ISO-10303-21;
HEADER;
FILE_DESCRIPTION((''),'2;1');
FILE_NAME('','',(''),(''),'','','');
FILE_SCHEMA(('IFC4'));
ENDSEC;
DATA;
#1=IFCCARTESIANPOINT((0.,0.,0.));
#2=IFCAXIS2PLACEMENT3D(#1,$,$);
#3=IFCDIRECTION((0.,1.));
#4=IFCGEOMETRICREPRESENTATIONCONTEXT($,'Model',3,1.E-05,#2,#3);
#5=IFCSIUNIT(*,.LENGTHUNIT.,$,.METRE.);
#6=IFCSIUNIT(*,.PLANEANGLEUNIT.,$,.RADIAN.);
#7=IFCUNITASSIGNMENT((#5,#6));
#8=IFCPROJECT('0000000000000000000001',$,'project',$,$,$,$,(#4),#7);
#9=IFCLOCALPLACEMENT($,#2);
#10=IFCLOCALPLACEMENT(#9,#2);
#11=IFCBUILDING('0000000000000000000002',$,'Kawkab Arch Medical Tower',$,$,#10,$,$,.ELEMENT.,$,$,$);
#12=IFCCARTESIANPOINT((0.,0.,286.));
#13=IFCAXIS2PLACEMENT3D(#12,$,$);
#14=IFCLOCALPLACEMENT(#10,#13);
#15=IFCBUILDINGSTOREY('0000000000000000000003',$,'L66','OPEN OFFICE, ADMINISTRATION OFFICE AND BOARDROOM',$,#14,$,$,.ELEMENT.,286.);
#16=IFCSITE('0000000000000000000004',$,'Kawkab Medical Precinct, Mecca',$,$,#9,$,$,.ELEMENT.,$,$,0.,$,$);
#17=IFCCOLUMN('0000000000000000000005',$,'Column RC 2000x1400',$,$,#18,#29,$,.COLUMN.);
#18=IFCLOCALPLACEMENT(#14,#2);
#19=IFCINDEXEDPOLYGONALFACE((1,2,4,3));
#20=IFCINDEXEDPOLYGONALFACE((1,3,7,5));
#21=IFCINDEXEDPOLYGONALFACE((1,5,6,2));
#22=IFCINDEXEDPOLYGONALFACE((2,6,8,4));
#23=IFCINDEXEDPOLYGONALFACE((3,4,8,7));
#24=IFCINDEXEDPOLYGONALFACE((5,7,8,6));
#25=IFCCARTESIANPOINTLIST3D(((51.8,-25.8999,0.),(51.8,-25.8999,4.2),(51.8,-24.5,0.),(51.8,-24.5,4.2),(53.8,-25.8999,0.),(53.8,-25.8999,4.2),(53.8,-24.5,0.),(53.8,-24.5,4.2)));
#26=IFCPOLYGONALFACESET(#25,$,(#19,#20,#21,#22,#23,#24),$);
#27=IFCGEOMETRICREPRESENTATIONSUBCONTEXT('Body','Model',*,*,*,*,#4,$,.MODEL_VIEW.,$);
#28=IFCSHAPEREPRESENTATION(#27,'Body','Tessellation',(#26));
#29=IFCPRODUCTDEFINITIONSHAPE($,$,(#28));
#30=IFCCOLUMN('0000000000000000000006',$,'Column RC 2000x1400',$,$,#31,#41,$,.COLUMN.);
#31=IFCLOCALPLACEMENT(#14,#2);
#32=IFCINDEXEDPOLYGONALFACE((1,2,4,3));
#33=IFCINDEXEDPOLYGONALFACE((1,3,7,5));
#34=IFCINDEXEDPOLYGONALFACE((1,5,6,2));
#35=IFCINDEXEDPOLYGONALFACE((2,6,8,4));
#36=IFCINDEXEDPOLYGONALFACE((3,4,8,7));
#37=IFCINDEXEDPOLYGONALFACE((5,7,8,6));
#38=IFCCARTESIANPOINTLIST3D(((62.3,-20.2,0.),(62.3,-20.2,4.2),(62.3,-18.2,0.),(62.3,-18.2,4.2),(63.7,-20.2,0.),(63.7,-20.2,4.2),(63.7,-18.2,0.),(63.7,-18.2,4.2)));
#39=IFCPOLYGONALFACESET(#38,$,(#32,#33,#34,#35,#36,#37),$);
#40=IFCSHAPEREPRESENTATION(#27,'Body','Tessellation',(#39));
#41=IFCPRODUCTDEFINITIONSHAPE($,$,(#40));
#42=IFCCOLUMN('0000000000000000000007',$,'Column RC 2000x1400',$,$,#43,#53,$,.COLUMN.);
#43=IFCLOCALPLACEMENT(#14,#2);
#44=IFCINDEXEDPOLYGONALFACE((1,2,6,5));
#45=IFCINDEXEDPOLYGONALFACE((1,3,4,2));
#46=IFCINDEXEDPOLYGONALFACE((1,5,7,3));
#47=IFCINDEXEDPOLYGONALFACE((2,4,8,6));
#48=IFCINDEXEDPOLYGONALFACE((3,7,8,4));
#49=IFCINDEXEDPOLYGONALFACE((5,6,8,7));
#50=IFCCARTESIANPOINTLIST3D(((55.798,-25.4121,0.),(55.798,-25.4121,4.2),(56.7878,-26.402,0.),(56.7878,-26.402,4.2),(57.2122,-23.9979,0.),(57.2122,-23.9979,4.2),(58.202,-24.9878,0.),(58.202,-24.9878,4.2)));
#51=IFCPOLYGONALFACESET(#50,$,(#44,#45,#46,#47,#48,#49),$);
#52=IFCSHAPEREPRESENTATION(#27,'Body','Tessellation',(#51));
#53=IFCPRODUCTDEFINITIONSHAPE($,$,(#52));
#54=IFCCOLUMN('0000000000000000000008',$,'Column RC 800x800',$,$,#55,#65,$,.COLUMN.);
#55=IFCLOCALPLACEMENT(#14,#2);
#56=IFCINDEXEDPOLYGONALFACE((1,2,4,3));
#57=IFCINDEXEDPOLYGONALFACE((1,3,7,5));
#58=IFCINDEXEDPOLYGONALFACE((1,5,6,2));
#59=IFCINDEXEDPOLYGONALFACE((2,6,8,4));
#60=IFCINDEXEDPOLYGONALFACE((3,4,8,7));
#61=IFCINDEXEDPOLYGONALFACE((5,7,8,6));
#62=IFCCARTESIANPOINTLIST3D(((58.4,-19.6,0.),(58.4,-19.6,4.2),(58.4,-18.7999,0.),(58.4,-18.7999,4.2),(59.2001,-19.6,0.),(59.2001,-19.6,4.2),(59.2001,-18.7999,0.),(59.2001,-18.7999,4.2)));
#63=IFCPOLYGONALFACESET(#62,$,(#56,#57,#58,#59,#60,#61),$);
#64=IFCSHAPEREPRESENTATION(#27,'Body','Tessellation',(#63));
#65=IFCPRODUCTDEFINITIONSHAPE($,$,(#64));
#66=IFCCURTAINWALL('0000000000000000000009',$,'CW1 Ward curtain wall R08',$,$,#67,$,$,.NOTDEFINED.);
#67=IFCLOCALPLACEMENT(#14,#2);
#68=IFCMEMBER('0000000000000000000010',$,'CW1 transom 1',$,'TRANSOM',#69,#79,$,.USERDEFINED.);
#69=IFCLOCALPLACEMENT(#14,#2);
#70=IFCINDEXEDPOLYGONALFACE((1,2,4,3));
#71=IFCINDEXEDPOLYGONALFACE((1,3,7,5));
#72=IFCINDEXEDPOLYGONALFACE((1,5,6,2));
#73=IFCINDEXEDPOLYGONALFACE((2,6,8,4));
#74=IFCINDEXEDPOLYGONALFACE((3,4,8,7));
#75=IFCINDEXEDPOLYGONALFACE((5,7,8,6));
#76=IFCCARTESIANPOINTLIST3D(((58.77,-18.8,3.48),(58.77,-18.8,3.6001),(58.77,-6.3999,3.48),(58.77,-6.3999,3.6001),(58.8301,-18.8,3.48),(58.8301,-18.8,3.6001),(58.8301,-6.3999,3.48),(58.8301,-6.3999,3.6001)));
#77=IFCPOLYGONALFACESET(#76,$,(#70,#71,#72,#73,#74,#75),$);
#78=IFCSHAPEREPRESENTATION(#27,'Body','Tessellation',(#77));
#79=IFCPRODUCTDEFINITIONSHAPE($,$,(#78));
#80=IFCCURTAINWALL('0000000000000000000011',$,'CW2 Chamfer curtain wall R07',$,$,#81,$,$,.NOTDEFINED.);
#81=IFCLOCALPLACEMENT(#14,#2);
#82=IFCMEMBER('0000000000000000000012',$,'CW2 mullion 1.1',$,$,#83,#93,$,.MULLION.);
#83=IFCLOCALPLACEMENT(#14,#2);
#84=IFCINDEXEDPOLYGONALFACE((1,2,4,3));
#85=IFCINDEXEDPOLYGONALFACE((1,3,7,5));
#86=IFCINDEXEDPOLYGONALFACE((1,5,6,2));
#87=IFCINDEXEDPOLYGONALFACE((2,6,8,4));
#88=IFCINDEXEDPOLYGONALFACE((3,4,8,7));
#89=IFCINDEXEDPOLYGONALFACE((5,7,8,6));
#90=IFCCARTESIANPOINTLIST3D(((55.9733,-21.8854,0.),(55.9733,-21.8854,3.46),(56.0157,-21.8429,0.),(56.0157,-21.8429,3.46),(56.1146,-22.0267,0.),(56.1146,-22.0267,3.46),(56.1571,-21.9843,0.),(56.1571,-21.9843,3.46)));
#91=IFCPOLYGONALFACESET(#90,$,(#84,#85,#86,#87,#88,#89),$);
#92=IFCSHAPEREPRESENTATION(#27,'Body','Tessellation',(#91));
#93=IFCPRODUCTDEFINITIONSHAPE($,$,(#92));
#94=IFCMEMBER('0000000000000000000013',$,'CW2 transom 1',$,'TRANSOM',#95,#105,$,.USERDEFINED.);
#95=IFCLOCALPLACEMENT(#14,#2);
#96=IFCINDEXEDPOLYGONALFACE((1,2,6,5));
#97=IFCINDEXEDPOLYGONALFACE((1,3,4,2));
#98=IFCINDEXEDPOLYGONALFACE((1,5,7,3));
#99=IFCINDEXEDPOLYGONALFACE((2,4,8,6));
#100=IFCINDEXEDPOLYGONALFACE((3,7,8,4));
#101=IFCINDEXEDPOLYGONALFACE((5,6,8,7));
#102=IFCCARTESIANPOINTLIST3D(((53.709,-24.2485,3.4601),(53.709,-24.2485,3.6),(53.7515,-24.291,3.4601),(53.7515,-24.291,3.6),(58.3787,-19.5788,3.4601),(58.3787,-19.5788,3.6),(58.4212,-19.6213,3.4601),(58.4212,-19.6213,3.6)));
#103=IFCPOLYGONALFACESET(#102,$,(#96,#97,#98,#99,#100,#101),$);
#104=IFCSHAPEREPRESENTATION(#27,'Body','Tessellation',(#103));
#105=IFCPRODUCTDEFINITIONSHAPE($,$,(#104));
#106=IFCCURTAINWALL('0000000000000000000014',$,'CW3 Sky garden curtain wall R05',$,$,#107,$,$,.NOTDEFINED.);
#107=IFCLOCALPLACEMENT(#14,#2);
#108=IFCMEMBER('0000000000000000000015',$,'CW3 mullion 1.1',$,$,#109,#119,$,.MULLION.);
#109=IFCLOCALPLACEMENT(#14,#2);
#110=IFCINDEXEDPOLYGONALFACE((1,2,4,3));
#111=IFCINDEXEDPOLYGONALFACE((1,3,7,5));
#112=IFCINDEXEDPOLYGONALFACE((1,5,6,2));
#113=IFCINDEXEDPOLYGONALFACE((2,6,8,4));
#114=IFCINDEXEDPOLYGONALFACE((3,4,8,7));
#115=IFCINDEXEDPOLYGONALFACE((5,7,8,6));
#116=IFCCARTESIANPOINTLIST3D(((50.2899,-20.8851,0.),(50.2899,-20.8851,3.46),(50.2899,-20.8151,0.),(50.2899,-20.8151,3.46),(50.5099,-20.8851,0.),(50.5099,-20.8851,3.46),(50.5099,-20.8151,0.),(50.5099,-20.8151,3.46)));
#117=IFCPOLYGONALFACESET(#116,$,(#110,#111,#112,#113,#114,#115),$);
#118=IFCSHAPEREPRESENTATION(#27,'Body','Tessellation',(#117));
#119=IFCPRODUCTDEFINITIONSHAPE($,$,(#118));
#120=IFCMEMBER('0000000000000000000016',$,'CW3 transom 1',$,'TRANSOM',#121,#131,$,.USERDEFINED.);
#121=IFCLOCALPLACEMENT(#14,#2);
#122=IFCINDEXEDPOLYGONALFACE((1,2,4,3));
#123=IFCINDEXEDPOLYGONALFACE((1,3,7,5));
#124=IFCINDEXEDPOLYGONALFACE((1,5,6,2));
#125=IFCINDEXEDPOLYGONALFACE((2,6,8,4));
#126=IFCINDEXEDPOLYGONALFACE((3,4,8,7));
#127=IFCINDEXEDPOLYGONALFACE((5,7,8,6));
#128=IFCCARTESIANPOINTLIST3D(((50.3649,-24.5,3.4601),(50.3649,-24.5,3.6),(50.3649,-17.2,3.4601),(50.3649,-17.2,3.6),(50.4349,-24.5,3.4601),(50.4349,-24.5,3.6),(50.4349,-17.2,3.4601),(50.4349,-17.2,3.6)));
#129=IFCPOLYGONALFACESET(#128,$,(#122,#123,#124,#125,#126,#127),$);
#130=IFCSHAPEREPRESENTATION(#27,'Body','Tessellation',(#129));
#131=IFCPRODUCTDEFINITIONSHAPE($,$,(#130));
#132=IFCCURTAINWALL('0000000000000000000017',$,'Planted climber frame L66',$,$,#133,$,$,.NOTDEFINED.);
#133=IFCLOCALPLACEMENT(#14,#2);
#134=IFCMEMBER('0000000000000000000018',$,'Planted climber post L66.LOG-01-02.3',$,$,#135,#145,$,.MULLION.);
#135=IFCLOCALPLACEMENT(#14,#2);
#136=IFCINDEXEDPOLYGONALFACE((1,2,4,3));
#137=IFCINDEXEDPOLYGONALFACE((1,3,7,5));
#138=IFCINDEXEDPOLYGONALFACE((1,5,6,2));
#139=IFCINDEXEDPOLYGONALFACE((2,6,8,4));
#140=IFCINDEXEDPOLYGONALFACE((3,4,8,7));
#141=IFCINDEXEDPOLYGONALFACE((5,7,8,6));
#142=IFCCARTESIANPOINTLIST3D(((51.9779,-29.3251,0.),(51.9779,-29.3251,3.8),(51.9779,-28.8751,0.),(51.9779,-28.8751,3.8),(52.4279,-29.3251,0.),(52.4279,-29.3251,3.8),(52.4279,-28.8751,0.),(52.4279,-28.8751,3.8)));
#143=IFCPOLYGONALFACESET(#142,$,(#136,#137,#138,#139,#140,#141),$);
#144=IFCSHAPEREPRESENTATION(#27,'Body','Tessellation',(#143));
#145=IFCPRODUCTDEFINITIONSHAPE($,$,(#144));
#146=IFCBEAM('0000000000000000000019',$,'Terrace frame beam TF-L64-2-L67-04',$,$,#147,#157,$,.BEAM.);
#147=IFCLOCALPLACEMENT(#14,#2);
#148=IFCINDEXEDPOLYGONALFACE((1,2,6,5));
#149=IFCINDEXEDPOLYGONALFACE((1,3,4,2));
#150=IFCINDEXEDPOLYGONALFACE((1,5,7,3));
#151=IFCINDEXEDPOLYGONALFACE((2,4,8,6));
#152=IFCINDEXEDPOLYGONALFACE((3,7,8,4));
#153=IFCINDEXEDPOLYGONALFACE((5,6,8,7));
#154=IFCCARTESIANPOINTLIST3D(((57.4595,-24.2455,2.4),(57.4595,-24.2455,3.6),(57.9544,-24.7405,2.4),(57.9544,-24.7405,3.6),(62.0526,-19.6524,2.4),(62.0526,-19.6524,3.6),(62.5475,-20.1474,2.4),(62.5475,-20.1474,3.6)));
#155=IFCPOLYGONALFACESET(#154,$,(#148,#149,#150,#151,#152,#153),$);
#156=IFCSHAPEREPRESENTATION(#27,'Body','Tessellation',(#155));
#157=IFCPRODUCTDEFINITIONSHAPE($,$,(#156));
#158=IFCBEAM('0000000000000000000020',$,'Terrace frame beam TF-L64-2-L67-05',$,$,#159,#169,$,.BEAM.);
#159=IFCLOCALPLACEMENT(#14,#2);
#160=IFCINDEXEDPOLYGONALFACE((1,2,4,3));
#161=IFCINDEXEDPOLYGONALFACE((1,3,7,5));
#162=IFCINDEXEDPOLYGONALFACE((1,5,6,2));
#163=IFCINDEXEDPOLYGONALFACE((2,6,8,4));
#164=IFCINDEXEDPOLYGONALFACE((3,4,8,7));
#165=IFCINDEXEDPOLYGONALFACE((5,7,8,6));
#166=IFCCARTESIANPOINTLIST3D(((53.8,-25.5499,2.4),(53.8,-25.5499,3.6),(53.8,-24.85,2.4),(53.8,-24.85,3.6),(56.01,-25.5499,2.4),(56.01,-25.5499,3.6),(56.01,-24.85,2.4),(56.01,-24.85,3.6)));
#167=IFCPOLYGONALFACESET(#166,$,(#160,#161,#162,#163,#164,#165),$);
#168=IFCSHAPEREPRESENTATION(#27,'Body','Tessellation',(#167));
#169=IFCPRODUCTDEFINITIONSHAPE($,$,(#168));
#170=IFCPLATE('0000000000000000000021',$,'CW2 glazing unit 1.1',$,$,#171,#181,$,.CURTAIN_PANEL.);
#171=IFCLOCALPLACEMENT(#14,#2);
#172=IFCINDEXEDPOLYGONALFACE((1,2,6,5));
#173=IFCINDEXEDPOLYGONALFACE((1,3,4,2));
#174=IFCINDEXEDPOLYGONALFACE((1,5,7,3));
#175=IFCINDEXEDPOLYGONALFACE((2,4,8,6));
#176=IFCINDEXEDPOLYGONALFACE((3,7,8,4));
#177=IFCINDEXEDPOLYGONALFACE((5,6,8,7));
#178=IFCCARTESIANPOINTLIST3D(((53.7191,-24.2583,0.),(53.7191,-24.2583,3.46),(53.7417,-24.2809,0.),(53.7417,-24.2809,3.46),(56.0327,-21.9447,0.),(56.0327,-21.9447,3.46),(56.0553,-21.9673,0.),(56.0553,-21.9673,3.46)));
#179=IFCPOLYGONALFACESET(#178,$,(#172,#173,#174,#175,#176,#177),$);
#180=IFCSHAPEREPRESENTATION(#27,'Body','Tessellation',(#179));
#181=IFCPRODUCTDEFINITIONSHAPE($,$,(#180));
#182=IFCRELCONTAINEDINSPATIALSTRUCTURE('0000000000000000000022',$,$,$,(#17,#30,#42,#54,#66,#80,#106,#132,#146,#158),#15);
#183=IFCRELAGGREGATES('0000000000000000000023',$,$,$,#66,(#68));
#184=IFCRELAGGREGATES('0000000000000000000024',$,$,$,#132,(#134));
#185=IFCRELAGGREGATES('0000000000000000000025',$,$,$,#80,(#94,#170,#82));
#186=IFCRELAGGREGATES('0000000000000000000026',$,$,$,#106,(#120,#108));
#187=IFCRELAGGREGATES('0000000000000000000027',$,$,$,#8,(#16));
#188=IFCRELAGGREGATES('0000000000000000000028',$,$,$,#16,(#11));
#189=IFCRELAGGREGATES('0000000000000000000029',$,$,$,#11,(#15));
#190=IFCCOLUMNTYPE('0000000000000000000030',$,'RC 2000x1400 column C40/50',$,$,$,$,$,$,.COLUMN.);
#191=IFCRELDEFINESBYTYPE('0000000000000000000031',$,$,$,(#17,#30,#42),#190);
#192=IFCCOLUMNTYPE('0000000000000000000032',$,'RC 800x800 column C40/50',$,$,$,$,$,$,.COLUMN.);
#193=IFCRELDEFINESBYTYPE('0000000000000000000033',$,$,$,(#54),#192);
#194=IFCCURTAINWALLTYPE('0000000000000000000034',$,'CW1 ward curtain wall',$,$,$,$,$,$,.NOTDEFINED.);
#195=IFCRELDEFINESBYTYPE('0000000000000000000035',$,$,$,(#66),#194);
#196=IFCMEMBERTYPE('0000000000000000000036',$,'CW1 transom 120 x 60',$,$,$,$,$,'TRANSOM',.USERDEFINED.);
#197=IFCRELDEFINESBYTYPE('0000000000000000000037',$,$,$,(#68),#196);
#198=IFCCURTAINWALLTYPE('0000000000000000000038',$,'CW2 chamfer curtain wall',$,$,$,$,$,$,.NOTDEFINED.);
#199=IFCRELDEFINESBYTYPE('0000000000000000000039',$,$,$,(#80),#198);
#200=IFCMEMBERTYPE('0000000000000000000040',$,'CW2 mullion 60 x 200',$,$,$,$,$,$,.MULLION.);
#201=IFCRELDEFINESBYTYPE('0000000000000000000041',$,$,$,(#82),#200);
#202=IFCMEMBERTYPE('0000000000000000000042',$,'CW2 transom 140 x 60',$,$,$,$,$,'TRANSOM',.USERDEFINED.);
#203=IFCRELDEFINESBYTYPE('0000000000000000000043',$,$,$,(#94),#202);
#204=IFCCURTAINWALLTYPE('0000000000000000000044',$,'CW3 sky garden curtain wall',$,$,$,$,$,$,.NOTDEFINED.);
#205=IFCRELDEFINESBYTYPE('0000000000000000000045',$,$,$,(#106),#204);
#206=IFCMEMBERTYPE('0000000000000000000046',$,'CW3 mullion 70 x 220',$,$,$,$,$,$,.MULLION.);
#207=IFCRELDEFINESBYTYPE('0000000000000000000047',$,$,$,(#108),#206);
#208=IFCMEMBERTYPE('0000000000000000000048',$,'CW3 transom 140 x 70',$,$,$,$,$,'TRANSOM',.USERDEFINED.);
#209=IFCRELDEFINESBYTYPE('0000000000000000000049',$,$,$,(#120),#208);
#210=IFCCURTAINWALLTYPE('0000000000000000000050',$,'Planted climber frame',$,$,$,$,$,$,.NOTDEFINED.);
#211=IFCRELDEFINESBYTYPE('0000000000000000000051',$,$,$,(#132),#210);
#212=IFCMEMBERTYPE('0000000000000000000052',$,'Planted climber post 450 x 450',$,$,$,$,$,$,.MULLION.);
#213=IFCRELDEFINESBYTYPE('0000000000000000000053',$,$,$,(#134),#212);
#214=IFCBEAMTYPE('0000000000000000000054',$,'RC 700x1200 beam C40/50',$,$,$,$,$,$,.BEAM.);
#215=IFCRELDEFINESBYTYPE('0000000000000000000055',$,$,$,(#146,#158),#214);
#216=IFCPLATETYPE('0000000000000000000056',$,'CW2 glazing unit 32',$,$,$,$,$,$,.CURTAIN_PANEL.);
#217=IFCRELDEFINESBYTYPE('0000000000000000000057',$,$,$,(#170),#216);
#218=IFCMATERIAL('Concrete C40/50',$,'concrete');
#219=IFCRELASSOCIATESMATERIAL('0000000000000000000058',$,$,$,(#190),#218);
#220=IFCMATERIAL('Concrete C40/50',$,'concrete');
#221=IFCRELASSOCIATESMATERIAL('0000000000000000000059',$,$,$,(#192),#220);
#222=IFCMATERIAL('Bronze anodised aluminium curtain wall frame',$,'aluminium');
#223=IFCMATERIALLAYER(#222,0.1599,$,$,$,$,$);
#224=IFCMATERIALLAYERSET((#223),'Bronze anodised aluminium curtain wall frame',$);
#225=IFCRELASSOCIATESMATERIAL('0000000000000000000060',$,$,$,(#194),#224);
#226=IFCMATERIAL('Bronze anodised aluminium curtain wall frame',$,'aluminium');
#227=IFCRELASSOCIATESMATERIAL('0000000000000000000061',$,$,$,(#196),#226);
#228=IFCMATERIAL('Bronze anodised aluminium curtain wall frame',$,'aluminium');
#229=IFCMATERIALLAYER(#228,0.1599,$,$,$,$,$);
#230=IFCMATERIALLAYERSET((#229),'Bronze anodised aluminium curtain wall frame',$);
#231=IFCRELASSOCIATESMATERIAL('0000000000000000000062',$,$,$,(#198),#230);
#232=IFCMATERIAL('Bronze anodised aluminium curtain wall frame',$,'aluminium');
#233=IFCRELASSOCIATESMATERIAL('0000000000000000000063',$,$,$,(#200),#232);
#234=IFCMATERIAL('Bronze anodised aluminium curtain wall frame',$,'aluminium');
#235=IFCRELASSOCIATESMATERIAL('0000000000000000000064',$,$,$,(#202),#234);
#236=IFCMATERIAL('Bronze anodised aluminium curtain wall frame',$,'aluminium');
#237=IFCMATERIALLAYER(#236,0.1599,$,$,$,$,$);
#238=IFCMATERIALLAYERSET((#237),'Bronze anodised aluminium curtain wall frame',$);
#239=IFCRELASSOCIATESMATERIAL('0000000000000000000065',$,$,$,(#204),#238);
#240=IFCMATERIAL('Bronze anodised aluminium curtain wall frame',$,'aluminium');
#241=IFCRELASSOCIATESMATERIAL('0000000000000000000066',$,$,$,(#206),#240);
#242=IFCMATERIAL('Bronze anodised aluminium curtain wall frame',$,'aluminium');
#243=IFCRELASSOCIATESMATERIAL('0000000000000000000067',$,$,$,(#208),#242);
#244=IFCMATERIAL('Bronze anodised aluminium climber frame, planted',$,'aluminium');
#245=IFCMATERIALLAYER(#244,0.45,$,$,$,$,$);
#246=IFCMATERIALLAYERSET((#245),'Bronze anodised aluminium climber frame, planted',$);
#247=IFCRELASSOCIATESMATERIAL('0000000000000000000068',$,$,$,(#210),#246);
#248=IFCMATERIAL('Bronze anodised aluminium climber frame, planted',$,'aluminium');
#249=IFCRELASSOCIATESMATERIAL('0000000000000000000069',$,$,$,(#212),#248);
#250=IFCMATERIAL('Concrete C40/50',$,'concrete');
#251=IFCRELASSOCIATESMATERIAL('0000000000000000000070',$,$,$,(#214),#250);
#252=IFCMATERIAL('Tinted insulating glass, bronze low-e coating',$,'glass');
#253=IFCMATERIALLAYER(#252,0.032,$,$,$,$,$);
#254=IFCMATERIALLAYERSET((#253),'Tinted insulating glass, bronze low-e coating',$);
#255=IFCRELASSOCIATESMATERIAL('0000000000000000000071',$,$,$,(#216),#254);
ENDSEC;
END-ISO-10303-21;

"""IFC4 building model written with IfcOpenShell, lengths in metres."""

from ifc_helpers import new_model, si_unit, direction, frame, origin, origin_2d, place, context, subcontext, project, spatial, rectangle, extrude, material, layer, layer_set, material_profile, profile_set, type_object, element, aggregate, save


model = new_model("IFC4")

# Units and contexts
model_context = context("Model", 3, precision=1e-05, world=origin(), true_north=direction((0.0, 1.0)))
body_context = subcontext(model_context, "Body", "Model", "MODEL_VIEW")
ifc_project = project(units=[si_unit("LENGTHUNIT", "METRE"), si_unit("PLANEANGLEUNIT", "RADIAN")], contexts=[model_context])

# Site, building, storey
site_placement = place(None, origin())
site = spatial("IfcSite", under=ifc_project, at=site_placement, Name="Kawkab Medical Precinct, Mecca", CompositionType="ELEMENT", RefElevation=0.0)
building_placement = place(site_placement, origin())
building = spatial("IfcBuilding", under=site, at=building_placement, Name="Kawkab Arch Medical Tower", CompositionType="ELEMENT")
storey_placement = place(building_placement, frame((0.0, 0.0, 286.0)))
storey = spatial("IfcBuildingStorey", under=building, at=storey_placement, Name="L66", Description="OPEN OFFICE, ADMINISTRATION OFFICE AND BOARDROOM", CompositionType="ELEMENT", Elevation=286.0)

# Columns
ifc_material_1 = material(Name="Concrete C40/50", Category="concrete")
ifc_material_profile_1 = material_profile(ifc_material_1, rectangle(XDim=2.0, YDim=1.3999, at=origin_2d()), Name="RC 2000x1400")
ifc_profile_set_1 = profile_set([ifc_material_profile_1], Name="Concrete C40/50")
column_type_1 = type_object("IfcColumnType", Name="RC 2000x1400 column C40/50", PredefinedType="COLUMN", material=ifc_profile_set_1)
for number, where, z_axis, x_axis, name in (
    (1, (52.8, -25.2, 0.0), (0.0, 0.0, 1.0), (-1.0, 0.0, 0.0), "Column RC 2000x1400"),
    (2, (63.0, -19.2, 0.0), (0.0, 0.0, 1.0), (0.0, -1.0, 0.0), "Column RC 2000x1400"),
    (3, (57.0, -25.2, 0.0), (0.0, 0.0, 1.0), (-0.707107, -0.707107, 0.0), "Column RC 2000x1400"),
):
    element("IfcColumn", number, at=place(storey_placement, frame(where, z_axis=z_axis, x_axis=x_axis)), inside=storey, type_object=column_type_1, Name=name, PredefinedType="COLUMN", context=body_context, shape_type="SweptSolid", body=[
        extrude(rectangle(XDim=2.0, YDim=1.3999, at=origin_2d()), origin(), (0.0, 0.0, 1.0), 4.2),
    ])
ifc_material_2 = material(Name="Concrete C40/50", Category="concrete")
ifc_material_profile_2 = material_profile(ifc_material_2, rectangle(XDim=0.8, YDim=0.8, at=origin_2d()), Name="RC 800x800")
ifc_profile_set_2 = profile_set([ifc_material_profile_2], Name="Concrete C40/50")
column_type_2 = type_object("IfcColumnType", Name="RC 800x800 column C40/50", PredefinedType="COLUMN", material=ifc_profile_set_2)
column_placement = place(storey_placement, frame((58.8, -19.2, 0.0), z_axis=(0.0, 0.0, 1.0), x_axis=(1.0, 0.0, 0.0)))
element("IfcColumn", 4, at=column_placement, inside=storey, type_object=column_type_2, Name="Column RC 800x800", PredefinedType="COLUMN", context=body_context, shape_type="SweptSolid", body=[
    extrude(rectangle(XDim=0.8, YDim=0.8, at=origin_2d()), origin(), (0.0, 0.0, 1.0), 4.2),
])

# Curtain wall, member
ifc_material_3 = material(Name="Bronze anodised aluminium curtain wall frame", Category="aluminium")
ifc_layer_1 = layer(ifc_material_3, 0.1599)
ifc_layer_set_1 = layer_set([ifc_layer_1], Name="Bronze anodised aluminium curtain wall frame")
curtain_wall_type_1 = type_object("IfcCurtainWallType", Name="CW1 ward curtain wall", PredefinedType="NOTDEFINED", material=ifc_layer_set_1)
placement = place(storey_placement, origin())
curtain_wall_1 = element("IfcCurtainWall", 5, at=placement, inside=storey, type_object=curtain_wall_type_1, Name="CW1 Ward curtain wall R08", PredefinedType="NOTDEFINED")
ifc_material_4 = material(Name="Bronze anodised aluminium curtain wall frame", Category="aluminium")
ifc_material_profile_3 = material_profile(ifc_material_4, rectangle(XDim=0.0601, YDim=0.1201, at=origin_2d()), Name="AL 60x120")
ifc_profile_set_3 = profile_set([ifc_material_profile_3], Name="Bronze anodised aluminium curtain wall frame")
member_type_1 = type_object("IfcMemberType", Name="CW1 transom 120 x 60", ElementType="TRANSOM", PredefinedType="USERDEFINED", material=ifc_profile_set_3)
member_1_placement = place(storey_placement, frame((58.8, -18.8, 3.54), z_axis=(0.0, 1.0, 0.0), x_axis=(-1.0, 0.0, 0.0)))
member_1 = element("IfcMember", 6, at=member_1_placement, type_object=member_type_1, Name="CW1 transom 1", ObjectType="TRANSOM", PredefinedType="USERDEFINED", context=body_context, shape_type="SweptSolid", body=[
    extrude(rectangle(XDim=0.0601, YDim=0.1201, at=origin_2d()), origin(), (0.0, 0.0, 1.0), 12.4001),
])
aggregate(curtain_wall_1, [member_1])

# Curtain walls, members
ifc_material_5 = material(Name="Bronze anodised aluminium curtain wall frame", Category="aluminium")
ifc_layer_2 = layer(ifc_material_5, 0.1599)
ifc_layer_set_2 = layer_set([ifc_layer_2], Name="Bronze anodised aluminium curtain wall frame")
curtain_wall_type_2 = type_object("IfcCurtainWallType", Name="CW2 chamfer curtain wall", PredefinedType="NOTDEFINED", material=ifc_layer_set_2)
curtain_wall_2 = element("IfcCurtainWall", 7, at=placement, inside=storey, type_object=curtain_wall_type_2, Name="CW2 Chamfer curtain wall R07", PredefinedType="NOTDEFINED")
ifc_material_6 = material(Name="Bronze anodised aluminium curtain wall frame", Category="aluminium")
ifc_material_profile_4 = material_profile(ifc_material_6, rectangle(XDim=0.2, YDim=0.0601, at=origin_2d()), Name="AL 60x200")
ifc_profile_set_4 = profile_set([ifc_material_profile_4], Name="Bronze anodised aluminium curtain wall frame")
member_type_2 = type_object("IfcMemberType", Name="CW2 mullion 60 x 200", PredefinedType="MULLION", material=ifc_profile_set_4)
member_2_placement = place(storey_placement, frame((56.0652, -21.9348, 0.0), z_axis=(0.0, 0.0, 1.0), x_axis=(-0.707107, 0.707107, 0.0)))
member_2 = element("IfcMember", 8, at=member_2_placement, type_object=member_type_2, Name="CW2 mullion 1.1", PredefinedType="MULLION", context=body_context, shape_type="SweptSolid", body=[
    extrude(rectangle(XDim=0.2, YDim=0.0601, at=origin_2d()), origin(), (0.0, 0.0, 1.0), 3.46),
])
ifc_material_7 = material(Name="Bronze anodised aluminium curtain wall frame", Category="aluminium")
ifc_material_profile_5 = material_profile(ifc_material_7, rectangle(XDim=0.0601, YDim=0.1399, at=origin_2d()), Name="AL 60x140")
ifc_profile_set_5 = profile_set([ifc_material_profile_5], Name="Bronze anodised aluminium curtain wall frame")
member_type_3 = type_object("IfcMemberType", Name="CW2 transom 140 x 60", ElementType="TRANSOM", PredefinedType="USERDEFINED", material=ifc_profile_set_5)
member_3_placement = place(storey_placement, frame((53.7302, -24.2698, 3.53), z_axis=(0.707107, 0.707107, 0.0), x_axis=(-0.707107, 0.707107, 0.0)))
member_3 = element("IfcMember", 9, at=member_3_placement, type_object=member_type_3, Name="CW2 transom 1", ObjectType="TRANSOM", PredefinedType="USERDEFINED", context=body_context, shape_type="SweptSolid", body=[
    extrude(rectangle(XDim=0.0601, YDim=0.1399, at=origin_2d()), origin(), (0.0, 0.0, 1.0), 6.604),
])
ifc_material_8 = material(Name="Bronze anodised aluminium curtain wall frame", Category="aluminium")
ifc_layer_3 = layer(ifc_material_8, 0.1599)
ifc_layer_set_3 = layer_set([ifc_layer_3], Name="Bronze anodised aluminium curtain wall frame")
curtain_wall_type_3 = type_object("IfcCurtainWallType", Name="CW3 sky garden curtain wall", PredefinedType="NOTDEFINED", material=ifc_layer_set_3)
curtain_wall_3 = element("IfcCurtainWall", 10, at=placement, inside=storey, type_object=curtain_wall_type_3, Name="CW3 Sky garden curtain wall R05", PredefinedType="NOTDEFINED")
ifc_material_9 = material(Name="Bronze anodised aluminium curtain wall frame", Category="aluminium")
ifc_material_profile_6 = material_profile(ifc_material_9, rectangle(XDim=0.22, YDim=0.0701, at=origin_2d()), Name="AL 70x220")
ifc_profile_set_6 = profile_set([ifc_material_profile_6], Name="Bronze anodised aluminium curtain wall frame")
member_type_4 = type_object("IfcMemberType", Name="CW3 mullion 70 x 220", PredefinedType="MULLION", material=ifc_profile_set_6)
member_4_placement = place(storey_placement, frame((50.3999, -20.8501, 0.0), z_axis=(0.0, 0.0, 1.0), x_axis=(1.0, 0.0, 0.0)))
member_4 = element("IfcMember", 11, at=member_4_placement, type_object=member_type_4, Name="CW3 mullion 1.1", PredefinedType="MULLION", context=body_context, shape_type="SweptSolid", body=[
    extrude(rectangle(XDim=0.22, YDim=0.0701, at=origin_2d()), origin(), (0.0, 0.0, 1.0), 3.46),
])
ifc_material_10 = material(Name="Bronze anodised aluminium curtain wall frame", Category="aluminium")
ifc_material_profile_7 = material_profile(ifc_material_10, rectangle(XDim=0.0701, YDim=0.1399, at=origin_2d()), Name="AL 70x140")
ifc_profile_set_7 = profile_set([ifc_material_profile_7], Name="Bronze anodised aluminium curtain wall frame")
member_type_5 = type_object("IfcMemberType", Name="CW3 transom 140 x 70", ElementType="TRANSOM", PredefinedType="USERDEFINED", material=ifc_profile_set_7)
member_5_placement = place(storey_placement, frame((50.3999, -17.2, 3.53), z_axis=(0.0, -1.0, 0.0), x_axis=(1.0, 0.0, 0.0)))
member_5 = element("IfcMember", 12, at=member_5_placement, type_object=member_type_5, Name="CW3 transom 1", ObjectType="TRANSOM", PredefinedType="USERDEFINED", context=body_context, shape_type="SweptSolid", body=[
    extrude(rectangle(XDim=0.0701, YDim=0.1399, at=origin_2d()), origin(), (0.0, 0.0, 1.0), 7.3),
])

# Curtain wall, member
ifc_material_11 = material(Name="Bronze anodised aluminium climber frame, planted", Category="aluminium")
ifc_layer_4 = layer(ifc_material_11, 0.45)
ifc_layer_set_4 = layer_set([ifc_layer_4], Name="Bronze anodised aluminium climber frame, planted")
curtain_wall_type_4 = type_object("IfcCurtainWallType", Name="Planted climber frame", PredefinedType="NOTDEFINED", material=ifc_layer_set_4)
curtain_wall_4 = element("IfcCurtainWall", 13, at=placement, inside=storey, type_object=curtain_wall_type_4, Name="Planted climber frame L66", PredefinedType="NOTDEFINED")
ifc_material_12 = material(Name="Bronze anodised aluminium climber frame, planted", Category="aluminium")
ifc_material_profile_8 = material_profile(ifc_material_12, rectangle(XDim=0.45, YDim=0.45, at=origin_2d()), Name="Post 450x450")
ifc_profile_set_8 = profile_set([ifc_material_profile_8], Name="Bronze anodised aluminium climber frame, planted")
member_type_6 = type_object("IfcMemberType", Name="Planted climber post 450 x 450", PredefinedType="MULLION", material=ifc_profile_set_8)
member_6_placement = place(storey_placement, frame((52.2029, -29.1001, 0.0), z_axis=(0.0, 0.0, 1.0), x_axis=(1.0, 0.0, 0.0)))
member_6 = element("IfcMember", 14, at=member_6_placement, type_object=member_type_6, Name="Planted climber post L66.LOG-01-02.3", PredefinedType="MULLION", context=body_context, shape_type="SweptSolid", body=[
    extrude(rectangle(XDim=0.45, YDim=0.45, at=origin_2d()), origin(), (0.0, 0.0, 1.0), 3.8),
])
aggregate(curtain_wall_4, [member_6])

# Beams
ifc_material_13 = material(Name="Concrete C40/50", Category="concrete")
ifc_material_profile_9 = material_profile(ifc_material_13, rectangle(XDim=0.7, YDim=1.2, at=origin_2d()), Name="RC 700x1200")
ifc_profile_set_9 = profile_set([ifc_material_profile_9], Name="Concrete C40/50")
beam_type = type_object("IfcBeamType", Name="RC 700x1200 beam C40/50", PredefinedType="BEAM", material=ifc_profile_set_9)
beam_1_placement = place(storey_placement, frame((62.3, -19.8999, 3.0), z_axis=(-0.707107, -0.707107, 0.0), x_axis=(0.707107, -0.707107, 0.0)))
element("IfcBeam", 15, at=beam_1_placement, inside=storey, type_object=beam_type, Name="Terrace frame beam TF-L64-2-L67-04", PredefinedType="BEAM", context=body_context, shape_type="SweptSolid", body=[
    extrude(rectangle(XDim=0.7, YDim=1.2, at=origin_2d()), origin(), (0.0, 0.0, 1.0), 6.4956),
])
beam_2_placement = place(storey_placement, frame((56.01, -25.2, 3.0), z_axis=(-1.0, 0.0, 0.0), x_axis=(0.0, -1.0, 0.0)))
element("IfcBeam", 16, at=beam_2_placement, inside=storey, type_object=beam_type, Name="Terrace frame beam TF-L64-2-L67-05", PredefinedType="BEAM", context=body_context, shape_type="SweptSolid", body=[
    extrude(rectangle(XDim=0.7, YDim=1.2, at=origin_2d()), origin(), (0.0, 0.0, 1.0), 2.21),
])

# Plate
ifc_material_14 = material(Name="Tinted insulating glass, bronze low-e coating", Category="glass")
ifc_layer_5 = layer(ifc_material_14, 0.032)
ifc_layer_set_5 = layer_set([ifc_layer_5], Name="Tinted insulating glass, bronze low-e coating")
plate_type_1 = type_object("IfcPlateType", Name="CW2 glazing unit 32", PredefinedType="CURTAIN_PANEL", material=ifc_layer_set_5)
plate_1_placement = place(storey_placement, frame((54.8872, -23.1128, 0.0), z_axis=(0.0, 0.0, 1.0), x_axis=(0.707107, 0.707107, 0.0)))
plate_1 = element("IfcPlate", 17, at=plate_1_placement, type_object=plate_type_1, Name="CW2 glazing unit 1.1", PredefinedType="CURTAIN_PANEL", context=body_context, shape_type="SweptSolid", body=[
    extrude(rectangle(XDim=3.272, YDim=0.032, at=origin_2d()), origin(), (0.0, 0.0, 1.0), 3.46),
])
aggregate(curtain_wall_2, [member_3, plate_1, member_2])
aggregate(curtain_wall_3, [member_5, member_4])

save(model, "model.ifc")
